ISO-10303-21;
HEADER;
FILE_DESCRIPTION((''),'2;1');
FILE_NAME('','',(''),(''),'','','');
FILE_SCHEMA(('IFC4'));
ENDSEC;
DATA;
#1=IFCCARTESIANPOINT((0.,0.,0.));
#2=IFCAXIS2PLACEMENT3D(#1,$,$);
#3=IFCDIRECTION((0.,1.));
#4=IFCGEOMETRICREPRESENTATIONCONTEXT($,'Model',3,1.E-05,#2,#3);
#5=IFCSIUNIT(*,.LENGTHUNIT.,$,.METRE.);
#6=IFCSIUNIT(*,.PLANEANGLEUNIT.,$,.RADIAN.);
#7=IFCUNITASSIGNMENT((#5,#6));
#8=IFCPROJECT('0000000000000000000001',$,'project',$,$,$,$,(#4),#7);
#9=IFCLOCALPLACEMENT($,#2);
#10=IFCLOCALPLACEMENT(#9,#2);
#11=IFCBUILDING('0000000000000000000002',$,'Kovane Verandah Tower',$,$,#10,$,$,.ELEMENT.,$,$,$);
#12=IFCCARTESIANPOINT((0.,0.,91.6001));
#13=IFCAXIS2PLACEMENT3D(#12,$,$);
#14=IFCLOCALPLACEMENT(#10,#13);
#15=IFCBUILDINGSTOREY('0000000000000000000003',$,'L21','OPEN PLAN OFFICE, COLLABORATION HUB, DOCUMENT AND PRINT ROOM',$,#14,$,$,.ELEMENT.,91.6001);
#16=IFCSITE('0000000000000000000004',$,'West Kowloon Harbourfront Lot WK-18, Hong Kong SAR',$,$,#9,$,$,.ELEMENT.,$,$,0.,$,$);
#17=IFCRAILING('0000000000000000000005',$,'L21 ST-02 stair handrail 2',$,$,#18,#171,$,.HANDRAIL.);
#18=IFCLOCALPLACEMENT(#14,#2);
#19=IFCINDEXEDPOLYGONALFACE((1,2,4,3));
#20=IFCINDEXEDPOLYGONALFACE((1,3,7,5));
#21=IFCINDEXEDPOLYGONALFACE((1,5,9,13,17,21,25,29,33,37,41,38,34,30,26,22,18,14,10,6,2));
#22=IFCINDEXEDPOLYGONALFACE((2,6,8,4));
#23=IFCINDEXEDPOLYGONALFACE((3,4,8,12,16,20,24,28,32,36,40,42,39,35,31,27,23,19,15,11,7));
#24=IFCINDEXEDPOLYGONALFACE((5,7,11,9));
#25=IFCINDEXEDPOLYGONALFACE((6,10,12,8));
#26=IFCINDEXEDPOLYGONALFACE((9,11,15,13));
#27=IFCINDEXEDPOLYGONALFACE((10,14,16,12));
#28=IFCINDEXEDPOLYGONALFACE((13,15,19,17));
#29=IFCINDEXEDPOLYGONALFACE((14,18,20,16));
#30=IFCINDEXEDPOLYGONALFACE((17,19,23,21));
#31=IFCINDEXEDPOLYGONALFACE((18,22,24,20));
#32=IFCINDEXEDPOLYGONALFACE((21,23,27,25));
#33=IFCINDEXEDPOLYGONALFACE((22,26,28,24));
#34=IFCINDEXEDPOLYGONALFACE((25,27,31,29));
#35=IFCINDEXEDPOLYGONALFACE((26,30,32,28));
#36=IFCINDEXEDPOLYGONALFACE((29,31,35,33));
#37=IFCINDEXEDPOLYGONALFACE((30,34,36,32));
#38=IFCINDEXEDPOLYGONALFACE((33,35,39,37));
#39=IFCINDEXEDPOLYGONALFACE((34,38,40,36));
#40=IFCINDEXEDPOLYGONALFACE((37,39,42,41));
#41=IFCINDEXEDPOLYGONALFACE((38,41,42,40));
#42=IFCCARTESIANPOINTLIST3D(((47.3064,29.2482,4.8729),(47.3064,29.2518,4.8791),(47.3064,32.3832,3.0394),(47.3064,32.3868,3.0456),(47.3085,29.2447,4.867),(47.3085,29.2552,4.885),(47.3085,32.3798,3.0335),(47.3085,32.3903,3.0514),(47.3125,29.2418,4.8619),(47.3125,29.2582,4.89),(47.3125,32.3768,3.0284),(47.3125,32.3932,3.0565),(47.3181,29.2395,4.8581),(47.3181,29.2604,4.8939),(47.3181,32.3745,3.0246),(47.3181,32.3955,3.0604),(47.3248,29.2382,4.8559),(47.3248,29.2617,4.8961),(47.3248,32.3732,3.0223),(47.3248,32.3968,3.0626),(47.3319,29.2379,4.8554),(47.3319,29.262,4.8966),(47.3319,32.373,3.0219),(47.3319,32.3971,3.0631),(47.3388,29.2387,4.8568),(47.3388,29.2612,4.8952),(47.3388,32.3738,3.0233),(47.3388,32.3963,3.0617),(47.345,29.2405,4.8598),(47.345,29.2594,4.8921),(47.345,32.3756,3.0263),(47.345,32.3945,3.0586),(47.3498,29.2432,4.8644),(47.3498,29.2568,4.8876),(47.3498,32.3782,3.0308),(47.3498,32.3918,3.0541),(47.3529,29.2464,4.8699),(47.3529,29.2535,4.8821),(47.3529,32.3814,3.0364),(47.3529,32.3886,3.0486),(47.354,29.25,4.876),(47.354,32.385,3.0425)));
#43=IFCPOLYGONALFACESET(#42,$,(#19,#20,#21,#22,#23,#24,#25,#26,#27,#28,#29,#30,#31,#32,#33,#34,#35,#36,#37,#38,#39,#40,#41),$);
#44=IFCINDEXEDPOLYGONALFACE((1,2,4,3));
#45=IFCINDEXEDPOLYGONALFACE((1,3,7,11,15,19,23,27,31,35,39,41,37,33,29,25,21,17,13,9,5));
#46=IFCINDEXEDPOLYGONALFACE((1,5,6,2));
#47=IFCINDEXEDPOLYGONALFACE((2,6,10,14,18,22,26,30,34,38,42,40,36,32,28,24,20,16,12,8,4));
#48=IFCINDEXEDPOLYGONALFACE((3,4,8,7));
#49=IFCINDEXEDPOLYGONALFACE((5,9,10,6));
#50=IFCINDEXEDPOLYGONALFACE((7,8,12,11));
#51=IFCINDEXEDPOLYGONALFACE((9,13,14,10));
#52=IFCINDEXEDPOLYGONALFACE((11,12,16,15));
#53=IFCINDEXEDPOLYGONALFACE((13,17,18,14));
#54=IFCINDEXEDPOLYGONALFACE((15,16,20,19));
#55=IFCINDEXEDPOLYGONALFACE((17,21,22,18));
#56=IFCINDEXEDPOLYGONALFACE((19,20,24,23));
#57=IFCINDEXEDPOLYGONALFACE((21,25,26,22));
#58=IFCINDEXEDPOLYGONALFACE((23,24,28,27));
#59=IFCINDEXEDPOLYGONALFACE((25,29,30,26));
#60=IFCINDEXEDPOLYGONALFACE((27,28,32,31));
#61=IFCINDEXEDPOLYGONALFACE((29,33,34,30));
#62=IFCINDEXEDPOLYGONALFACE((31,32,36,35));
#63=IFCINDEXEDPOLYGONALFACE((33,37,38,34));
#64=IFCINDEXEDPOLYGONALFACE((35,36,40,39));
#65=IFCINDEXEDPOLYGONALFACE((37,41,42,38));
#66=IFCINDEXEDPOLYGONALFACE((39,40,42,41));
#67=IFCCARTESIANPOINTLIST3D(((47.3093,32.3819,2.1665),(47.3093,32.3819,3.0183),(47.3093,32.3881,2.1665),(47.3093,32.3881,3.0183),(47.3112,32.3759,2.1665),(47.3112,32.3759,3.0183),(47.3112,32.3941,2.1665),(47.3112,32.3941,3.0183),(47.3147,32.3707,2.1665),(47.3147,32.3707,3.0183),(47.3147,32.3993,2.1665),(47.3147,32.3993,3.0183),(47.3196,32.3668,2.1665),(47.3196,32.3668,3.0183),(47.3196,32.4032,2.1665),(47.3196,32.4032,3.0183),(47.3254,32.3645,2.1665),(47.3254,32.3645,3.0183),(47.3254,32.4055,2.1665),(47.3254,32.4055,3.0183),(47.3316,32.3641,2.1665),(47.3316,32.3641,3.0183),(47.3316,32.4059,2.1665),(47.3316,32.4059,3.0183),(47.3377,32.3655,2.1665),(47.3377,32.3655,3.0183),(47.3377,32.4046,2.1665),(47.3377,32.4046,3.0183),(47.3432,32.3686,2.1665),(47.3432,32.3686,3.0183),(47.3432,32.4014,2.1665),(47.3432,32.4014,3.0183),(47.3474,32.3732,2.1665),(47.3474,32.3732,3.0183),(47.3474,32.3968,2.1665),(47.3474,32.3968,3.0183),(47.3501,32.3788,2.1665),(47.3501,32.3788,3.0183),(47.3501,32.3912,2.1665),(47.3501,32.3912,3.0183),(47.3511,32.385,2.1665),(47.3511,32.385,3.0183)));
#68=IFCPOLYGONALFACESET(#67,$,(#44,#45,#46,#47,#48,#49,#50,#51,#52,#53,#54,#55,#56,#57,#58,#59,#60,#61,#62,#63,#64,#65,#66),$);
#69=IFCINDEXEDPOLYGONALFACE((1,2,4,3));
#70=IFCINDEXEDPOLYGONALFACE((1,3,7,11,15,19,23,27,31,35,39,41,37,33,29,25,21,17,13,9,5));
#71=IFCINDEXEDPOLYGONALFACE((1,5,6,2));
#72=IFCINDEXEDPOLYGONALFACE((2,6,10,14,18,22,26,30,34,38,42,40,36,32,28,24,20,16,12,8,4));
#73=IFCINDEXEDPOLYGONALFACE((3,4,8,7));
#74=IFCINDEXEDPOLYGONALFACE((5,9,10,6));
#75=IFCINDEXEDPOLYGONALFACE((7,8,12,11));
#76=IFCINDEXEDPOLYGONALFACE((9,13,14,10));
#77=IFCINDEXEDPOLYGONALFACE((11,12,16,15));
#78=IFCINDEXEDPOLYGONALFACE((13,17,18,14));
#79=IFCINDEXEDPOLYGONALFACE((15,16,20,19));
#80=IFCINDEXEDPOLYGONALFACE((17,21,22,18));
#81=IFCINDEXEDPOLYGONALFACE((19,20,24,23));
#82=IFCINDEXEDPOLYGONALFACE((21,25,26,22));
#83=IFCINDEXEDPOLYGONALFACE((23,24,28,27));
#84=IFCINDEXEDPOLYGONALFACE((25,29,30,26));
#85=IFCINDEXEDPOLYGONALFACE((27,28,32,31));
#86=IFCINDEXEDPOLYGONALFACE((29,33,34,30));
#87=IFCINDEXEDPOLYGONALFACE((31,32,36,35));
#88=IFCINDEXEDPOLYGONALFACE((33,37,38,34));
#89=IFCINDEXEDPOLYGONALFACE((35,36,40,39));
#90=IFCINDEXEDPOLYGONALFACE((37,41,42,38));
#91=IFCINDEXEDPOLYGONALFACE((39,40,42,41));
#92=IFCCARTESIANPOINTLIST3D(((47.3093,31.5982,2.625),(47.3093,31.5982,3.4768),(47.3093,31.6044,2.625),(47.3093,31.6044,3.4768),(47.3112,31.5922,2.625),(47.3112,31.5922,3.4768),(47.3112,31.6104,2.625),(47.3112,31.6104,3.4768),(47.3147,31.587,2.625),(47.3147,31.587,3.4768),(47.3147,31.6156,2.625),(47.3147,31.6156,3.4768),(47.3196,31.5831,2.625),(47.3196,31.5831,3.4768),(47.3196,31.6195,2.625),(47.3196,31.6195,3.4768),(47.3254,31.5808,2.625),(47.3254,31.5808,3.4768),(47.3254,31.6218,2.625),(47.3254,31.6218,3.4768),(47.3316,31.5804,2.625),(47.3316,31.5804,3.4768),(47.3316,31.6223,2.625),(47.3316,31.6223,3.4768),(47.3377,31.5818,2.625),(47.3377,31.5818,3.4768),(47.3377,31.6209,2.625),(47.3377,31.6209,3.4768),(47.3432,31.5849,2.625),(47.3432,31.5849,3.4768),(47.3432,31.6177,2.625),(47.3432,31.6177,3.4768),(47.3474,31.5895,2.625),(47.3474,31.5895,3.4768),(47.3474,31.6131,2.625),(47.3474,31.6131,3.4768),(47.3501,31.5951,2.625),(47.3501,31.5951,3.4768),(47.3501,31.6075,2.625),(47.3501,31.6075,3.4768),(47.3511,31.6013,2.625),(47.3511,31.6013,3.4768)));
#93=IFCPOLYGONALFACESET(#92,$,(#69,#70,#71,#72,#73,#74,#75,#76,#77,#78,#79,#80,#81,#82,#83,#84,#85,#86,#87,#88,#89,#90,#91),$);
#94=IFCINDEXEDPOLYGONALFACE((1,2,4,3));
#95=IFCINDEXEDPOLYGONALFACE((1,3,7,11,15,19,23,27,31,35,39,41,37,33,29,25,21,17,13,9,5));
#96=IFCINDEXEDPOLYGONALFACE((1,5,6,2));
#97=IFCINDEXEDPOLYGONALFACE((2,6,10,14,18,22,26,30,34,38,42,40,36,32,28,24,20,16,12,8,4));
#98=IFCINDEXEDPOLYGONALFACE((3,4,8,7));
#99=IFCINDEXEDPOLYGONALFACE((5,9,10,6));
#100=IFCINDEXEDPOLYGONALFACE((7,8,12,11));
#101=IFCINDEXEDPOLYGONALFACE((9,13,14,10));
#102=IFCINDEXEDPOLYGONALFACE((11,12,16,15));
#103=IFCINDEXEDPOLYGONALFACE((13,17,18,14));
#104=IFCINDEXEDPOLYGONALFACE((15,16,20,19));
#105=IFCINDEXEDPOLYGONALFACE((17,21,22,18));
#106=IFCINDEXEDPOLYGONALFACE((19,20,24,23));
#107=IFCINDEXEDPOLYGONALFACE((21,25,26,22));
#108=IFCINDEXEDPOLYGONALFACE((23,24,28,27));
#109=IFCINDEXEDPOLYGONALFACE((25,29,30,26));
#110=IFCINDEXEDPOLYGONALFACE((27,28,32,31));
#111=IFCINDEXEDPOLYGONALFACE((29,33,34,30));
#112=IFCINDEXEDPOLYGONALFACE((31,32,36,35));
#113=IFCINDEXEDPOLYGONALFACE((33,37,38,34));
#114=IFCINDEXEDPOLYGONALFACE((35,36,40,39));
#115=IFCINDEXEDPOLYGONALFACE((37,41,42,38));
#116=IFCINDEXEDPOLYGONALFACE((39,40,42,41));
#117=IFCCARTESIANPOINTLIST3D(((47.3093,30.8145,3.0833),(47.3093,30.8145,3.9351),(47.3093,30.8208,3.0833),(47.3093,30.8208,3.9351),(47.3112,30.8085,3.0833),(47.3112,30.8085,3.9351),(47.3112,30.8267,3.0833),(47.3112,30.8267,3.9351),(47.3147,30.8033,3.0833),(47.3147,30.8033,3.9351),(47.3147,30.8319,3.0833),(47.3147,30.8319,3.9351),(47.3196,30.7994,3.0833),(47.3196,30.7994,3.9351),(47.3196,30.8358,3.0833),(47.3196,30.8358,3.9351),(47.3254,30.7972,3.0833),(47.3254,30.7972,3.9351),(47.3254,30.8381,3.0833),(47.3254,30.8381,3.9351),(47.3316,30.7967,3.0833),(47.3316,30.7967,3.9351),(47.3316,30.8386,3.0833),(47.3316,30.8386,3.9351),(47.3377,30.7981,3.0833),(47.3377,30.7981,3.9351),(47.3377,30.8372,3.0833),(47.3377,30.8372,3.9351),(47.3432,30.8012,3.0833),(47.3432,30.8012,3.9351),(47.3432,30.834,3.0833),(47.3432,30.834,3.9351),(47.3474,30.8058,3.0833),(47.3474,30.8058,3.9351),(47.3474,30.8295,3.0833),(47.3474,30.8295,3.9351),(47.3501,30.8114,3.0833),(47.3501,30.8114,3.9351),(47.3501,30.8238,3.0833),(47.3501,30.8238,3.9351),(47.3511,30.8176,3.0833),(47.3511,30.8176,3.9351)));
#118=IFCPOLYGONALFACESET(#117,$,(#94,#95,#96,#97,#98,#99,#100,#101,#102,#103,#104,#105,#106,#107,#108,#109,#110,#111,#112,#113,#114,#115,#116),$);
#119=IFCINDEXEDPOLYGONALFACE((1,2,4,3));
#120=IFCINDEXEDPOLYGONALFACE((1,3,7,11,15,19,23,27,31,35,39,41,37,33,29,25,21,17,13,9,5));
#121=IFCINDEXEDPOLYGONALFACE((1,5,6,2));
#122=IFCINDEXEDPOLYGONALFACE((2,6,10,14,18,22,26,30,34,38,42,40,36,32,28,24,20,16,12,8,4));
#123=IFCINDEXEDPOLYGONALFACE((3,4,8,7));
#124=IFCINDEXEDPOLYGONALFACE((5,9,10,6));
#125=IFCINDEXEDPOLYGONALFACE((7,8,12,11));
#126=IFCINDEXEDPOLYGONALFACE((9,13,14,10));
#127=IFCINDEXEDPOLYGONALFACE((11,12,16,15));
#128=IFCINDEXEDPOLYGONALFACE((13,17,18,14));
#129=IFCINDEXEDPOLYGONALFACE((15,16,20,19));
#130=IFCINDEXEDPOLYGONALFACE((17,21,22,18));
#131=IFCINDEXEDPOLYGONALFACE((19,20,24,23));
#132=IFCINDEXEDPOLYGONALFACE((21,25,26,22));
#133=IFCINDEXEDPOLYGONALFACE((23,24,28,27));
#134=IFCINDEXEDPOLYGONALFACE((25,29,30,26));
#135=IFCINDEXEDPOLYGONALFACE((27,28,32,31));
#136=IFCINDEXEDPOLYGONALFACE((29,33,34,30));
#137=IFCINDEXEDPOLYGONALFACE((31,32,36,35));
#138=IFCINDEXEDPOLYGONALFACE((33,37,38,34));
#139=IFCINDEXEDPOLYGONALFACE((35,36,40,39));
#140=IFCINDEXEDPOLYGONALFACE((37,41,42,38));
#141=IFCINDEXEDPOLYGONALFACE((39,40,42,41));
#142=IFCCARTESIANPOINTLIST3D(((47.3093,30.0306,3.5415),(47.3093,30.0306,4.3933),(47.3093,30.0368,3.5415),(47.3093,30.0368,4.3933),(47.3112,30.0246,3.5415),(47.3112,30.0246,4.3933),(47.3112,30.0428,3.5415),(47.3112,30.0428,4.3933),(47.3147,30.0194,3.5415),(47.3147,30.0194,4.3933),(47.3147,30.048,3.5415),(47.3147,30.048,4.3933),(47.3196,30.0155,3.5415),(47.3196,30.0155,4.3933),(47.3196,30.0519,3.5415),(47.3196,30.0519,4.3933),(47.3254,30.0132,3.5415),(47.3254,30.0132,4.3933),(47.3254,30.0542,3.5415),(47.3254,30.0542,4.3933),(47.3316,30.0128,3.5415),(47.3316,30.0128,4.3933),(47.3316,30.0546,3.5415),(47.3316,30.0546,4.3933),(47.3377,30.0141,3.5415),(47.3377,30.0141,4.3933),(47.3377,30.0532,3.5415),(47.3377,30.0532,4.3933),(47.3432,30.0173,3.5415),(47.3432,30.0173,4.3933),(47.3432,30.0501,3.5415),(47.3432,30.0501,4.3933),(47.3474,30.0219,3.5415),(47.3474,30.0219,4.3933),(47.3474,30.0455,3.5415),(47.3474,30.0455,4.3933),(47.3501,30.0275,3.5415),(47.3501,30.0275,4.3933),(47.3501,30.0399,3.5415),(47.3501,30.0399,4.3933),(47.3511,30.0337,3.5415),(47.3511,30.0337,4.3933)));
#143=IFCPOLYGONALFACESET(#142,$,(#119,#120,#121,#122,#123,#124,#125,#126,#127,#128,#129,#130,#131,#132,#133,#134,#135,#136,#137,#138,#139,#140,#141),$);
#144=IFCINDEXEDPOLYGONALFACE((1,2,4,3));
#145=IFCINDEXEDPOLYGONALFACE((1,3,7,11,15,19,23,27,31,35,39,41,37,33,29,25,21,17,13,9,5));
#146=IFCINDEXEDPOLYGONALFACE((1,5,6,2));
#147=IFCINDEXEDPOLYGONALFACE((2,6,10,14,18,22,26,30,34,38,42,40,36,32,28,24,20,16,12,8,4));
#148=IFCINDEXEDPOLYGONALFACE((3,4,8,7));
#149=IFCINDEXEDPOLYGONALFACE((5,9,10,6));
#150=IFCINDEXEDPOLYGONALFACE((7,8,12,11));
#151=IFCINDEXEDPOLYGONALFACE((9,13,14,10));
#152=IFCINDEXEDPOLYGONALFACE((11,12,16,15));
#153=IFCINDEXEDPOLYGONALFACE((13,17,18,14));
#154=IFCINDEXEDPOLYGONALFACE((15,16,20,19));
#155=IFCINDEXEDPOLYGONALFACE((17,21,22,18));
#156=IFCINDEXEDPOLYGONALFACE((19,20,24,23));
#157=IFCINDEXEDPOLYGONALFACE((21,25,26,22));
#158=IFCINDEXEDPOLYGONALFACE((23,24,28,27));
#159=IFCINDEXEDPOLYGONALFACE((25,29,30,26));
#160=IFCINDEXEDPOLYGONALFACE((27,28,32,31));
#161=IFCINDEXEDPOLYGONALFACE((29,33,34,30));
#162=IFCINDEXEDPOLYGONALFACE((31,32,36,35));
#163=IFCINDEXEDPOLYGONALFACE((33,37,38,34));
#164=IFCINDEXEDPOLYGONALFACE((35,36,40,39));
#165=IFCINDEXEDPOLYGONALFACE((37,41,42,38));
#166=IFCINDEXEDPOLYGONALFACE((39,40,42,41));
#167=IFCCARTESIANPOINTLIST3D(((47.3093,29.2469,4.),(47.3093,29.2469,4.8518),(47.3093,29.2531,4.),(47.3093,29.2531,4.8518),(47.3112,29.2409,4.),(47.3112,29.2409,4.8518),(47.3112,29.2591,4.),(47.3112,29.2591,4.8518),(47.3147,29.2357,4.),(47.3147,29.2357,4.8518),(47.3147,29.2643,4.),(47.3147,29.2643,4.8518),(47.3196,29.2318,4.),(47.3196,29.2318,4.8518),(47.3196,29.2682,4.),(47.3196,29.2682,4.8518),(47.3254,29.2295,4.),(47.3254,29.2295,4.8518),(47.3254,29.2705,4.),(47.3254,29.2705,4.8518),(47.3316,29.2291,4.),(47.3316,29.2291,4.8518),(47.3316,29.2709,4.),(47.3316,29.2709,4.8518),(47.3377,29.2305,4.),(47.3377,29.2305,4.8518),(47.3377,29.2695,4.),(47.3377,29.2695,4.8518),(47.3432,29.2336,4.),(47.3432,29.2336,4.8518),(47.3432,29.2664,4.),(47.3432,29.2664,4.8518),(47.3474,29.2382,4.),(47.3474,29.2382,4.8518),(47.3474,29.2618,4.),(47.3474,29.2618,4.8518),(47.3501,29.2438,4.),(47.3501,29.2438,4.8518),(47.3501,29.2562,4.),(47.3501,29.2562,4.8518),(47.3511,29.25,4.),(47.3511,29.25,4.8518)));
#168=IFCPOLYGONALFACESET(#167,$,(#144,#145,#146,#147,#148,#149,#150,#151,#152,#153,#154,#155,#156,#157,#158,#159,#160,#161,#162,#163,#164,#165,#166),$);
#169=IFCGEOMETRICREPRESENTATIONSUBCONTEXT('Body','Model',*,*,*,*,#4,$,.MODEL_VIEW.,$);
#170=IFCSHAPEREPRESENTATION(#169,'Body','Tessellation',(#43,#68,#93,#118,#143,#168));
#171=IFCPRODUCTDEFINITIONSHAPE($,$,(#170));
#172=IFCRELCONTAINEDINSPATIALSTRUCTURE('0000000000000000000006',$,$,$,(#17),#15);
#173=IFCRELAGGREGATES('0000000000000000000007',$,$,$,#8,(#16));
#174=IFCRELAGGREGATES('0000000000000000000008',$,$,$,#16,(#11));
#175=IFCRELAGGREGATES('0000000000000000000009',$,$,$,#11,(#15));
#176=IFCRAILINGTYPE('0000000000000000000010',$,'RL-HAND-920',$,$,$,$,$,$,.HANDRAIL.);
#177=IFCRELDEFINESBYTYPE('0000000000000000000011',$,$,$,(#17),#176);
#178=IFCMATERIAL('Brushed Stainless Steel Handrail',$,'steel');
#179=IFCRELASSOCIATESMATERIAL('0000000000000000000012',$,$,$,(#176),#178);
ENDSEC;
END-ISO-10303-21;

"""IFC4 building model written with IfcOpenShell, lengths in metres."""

from ifc_helpers import new_model, si_unit, direction, frame, origin, origin_2d, place, context, subcontext, project, spatial, circle, extrude, material, type_object, element, save


model = new_model("IFC4")

# Units and contexts
model_context = context("Model", 3, precision=1e-05, world=origin(), true_north=direction((0.0, 1.0)))
body_context = subcontext(model_context, "Body", "Model", "MODEL_VIEW")
ifc_project = project(units=[si_unit("LENGTHUNIT", "METRE"), si_unit("PLANEANGLEUNIT", "RADIAN")], contexts=[model_context])

# Site, building, storey
site_placement = place(None, origin())
site = spatial("IfcSite", under=ifc_project, at=site_placement, Name="West Kowloon Harbourfront Lot WK-18, Hong Kong SAR", CompositionType="ELEMENT", RefElevation=0.0)
building_placement = place(site_placement, origin())
building = spatial("IfcBuilding", under=site, at=building_placement, Name="Kovane Verandah Tower", CompositionType="ELEMENT")
storey_placement = place(building_placement, frame((0.0, 0.0, 91.6001)))
storey = spatial("IfcBuildingStorey", under=building, at=storey_placement, Name="L21", Description="OPEN PLAN OFFICE, COLLABORATION HUB, DOCUMENT AND PRINT ROOM", CompositionType="ELEMENT", Elevation=91.6001)

# Railing
ifc_material_1 = material(Name="Brushed Stainless Steel Handrail", Category="steel")
railing_type_1 = type_object("IfcRailingType", Name="RL-HAND-920", PredefinedType="HANDRAIL", material=ifc_material_1)
railing_1_placement = place(storey_placement, frame((47.3301, 32.385, 2.1665)))
element("IfcRailing", 1, at=railing_1_placement, inside=storey, type_object=railing_type_1, Name="L21 ST-02 stair handrail 2", PredefinedType="HANDRAIL", context=body_context, shape_type="SweptSolid", body=[
    extrude(circle(Radius=0.0239, at=origin_2d()), frame((0.0, 0.0, 0.876), z_axis=(0.0, -0.86321, 0.504845), x_axis=(1.0, 0.0, 0.0)), (0.0, 0.0, 1.0), 3.6318),
    extrude(circle(Radius=0.021, at=origin_2d()), origin(), (0.0, 0.0, 1.0), 0.8518),
    extrude(circle(Radius=0.021, at=origin_2d()), frame((0.0, -0.7837, 0.4585)), (0.0, 0.0, 1.0), 0.8518),
    extrude(circle(Radius=0.021, at=origin_2d()), frame((0.0, -1.5674, 0.9167)), (0.0, 0.0, 1.0), 0.8518),
    extrude(circle(Radius=0.021, at=origin_2d()), frame((0.0, -2.3513, 1.375)), (0.0, 0.0, 1.0), 0.8518),
    extrude(circle(Radius=0.021, at=origin_2d()), frame((0.0, -3.135, 1.8335)), (0.0, 0.0, 1.0), 0.8518),
])

save(model, "model.ifc")
